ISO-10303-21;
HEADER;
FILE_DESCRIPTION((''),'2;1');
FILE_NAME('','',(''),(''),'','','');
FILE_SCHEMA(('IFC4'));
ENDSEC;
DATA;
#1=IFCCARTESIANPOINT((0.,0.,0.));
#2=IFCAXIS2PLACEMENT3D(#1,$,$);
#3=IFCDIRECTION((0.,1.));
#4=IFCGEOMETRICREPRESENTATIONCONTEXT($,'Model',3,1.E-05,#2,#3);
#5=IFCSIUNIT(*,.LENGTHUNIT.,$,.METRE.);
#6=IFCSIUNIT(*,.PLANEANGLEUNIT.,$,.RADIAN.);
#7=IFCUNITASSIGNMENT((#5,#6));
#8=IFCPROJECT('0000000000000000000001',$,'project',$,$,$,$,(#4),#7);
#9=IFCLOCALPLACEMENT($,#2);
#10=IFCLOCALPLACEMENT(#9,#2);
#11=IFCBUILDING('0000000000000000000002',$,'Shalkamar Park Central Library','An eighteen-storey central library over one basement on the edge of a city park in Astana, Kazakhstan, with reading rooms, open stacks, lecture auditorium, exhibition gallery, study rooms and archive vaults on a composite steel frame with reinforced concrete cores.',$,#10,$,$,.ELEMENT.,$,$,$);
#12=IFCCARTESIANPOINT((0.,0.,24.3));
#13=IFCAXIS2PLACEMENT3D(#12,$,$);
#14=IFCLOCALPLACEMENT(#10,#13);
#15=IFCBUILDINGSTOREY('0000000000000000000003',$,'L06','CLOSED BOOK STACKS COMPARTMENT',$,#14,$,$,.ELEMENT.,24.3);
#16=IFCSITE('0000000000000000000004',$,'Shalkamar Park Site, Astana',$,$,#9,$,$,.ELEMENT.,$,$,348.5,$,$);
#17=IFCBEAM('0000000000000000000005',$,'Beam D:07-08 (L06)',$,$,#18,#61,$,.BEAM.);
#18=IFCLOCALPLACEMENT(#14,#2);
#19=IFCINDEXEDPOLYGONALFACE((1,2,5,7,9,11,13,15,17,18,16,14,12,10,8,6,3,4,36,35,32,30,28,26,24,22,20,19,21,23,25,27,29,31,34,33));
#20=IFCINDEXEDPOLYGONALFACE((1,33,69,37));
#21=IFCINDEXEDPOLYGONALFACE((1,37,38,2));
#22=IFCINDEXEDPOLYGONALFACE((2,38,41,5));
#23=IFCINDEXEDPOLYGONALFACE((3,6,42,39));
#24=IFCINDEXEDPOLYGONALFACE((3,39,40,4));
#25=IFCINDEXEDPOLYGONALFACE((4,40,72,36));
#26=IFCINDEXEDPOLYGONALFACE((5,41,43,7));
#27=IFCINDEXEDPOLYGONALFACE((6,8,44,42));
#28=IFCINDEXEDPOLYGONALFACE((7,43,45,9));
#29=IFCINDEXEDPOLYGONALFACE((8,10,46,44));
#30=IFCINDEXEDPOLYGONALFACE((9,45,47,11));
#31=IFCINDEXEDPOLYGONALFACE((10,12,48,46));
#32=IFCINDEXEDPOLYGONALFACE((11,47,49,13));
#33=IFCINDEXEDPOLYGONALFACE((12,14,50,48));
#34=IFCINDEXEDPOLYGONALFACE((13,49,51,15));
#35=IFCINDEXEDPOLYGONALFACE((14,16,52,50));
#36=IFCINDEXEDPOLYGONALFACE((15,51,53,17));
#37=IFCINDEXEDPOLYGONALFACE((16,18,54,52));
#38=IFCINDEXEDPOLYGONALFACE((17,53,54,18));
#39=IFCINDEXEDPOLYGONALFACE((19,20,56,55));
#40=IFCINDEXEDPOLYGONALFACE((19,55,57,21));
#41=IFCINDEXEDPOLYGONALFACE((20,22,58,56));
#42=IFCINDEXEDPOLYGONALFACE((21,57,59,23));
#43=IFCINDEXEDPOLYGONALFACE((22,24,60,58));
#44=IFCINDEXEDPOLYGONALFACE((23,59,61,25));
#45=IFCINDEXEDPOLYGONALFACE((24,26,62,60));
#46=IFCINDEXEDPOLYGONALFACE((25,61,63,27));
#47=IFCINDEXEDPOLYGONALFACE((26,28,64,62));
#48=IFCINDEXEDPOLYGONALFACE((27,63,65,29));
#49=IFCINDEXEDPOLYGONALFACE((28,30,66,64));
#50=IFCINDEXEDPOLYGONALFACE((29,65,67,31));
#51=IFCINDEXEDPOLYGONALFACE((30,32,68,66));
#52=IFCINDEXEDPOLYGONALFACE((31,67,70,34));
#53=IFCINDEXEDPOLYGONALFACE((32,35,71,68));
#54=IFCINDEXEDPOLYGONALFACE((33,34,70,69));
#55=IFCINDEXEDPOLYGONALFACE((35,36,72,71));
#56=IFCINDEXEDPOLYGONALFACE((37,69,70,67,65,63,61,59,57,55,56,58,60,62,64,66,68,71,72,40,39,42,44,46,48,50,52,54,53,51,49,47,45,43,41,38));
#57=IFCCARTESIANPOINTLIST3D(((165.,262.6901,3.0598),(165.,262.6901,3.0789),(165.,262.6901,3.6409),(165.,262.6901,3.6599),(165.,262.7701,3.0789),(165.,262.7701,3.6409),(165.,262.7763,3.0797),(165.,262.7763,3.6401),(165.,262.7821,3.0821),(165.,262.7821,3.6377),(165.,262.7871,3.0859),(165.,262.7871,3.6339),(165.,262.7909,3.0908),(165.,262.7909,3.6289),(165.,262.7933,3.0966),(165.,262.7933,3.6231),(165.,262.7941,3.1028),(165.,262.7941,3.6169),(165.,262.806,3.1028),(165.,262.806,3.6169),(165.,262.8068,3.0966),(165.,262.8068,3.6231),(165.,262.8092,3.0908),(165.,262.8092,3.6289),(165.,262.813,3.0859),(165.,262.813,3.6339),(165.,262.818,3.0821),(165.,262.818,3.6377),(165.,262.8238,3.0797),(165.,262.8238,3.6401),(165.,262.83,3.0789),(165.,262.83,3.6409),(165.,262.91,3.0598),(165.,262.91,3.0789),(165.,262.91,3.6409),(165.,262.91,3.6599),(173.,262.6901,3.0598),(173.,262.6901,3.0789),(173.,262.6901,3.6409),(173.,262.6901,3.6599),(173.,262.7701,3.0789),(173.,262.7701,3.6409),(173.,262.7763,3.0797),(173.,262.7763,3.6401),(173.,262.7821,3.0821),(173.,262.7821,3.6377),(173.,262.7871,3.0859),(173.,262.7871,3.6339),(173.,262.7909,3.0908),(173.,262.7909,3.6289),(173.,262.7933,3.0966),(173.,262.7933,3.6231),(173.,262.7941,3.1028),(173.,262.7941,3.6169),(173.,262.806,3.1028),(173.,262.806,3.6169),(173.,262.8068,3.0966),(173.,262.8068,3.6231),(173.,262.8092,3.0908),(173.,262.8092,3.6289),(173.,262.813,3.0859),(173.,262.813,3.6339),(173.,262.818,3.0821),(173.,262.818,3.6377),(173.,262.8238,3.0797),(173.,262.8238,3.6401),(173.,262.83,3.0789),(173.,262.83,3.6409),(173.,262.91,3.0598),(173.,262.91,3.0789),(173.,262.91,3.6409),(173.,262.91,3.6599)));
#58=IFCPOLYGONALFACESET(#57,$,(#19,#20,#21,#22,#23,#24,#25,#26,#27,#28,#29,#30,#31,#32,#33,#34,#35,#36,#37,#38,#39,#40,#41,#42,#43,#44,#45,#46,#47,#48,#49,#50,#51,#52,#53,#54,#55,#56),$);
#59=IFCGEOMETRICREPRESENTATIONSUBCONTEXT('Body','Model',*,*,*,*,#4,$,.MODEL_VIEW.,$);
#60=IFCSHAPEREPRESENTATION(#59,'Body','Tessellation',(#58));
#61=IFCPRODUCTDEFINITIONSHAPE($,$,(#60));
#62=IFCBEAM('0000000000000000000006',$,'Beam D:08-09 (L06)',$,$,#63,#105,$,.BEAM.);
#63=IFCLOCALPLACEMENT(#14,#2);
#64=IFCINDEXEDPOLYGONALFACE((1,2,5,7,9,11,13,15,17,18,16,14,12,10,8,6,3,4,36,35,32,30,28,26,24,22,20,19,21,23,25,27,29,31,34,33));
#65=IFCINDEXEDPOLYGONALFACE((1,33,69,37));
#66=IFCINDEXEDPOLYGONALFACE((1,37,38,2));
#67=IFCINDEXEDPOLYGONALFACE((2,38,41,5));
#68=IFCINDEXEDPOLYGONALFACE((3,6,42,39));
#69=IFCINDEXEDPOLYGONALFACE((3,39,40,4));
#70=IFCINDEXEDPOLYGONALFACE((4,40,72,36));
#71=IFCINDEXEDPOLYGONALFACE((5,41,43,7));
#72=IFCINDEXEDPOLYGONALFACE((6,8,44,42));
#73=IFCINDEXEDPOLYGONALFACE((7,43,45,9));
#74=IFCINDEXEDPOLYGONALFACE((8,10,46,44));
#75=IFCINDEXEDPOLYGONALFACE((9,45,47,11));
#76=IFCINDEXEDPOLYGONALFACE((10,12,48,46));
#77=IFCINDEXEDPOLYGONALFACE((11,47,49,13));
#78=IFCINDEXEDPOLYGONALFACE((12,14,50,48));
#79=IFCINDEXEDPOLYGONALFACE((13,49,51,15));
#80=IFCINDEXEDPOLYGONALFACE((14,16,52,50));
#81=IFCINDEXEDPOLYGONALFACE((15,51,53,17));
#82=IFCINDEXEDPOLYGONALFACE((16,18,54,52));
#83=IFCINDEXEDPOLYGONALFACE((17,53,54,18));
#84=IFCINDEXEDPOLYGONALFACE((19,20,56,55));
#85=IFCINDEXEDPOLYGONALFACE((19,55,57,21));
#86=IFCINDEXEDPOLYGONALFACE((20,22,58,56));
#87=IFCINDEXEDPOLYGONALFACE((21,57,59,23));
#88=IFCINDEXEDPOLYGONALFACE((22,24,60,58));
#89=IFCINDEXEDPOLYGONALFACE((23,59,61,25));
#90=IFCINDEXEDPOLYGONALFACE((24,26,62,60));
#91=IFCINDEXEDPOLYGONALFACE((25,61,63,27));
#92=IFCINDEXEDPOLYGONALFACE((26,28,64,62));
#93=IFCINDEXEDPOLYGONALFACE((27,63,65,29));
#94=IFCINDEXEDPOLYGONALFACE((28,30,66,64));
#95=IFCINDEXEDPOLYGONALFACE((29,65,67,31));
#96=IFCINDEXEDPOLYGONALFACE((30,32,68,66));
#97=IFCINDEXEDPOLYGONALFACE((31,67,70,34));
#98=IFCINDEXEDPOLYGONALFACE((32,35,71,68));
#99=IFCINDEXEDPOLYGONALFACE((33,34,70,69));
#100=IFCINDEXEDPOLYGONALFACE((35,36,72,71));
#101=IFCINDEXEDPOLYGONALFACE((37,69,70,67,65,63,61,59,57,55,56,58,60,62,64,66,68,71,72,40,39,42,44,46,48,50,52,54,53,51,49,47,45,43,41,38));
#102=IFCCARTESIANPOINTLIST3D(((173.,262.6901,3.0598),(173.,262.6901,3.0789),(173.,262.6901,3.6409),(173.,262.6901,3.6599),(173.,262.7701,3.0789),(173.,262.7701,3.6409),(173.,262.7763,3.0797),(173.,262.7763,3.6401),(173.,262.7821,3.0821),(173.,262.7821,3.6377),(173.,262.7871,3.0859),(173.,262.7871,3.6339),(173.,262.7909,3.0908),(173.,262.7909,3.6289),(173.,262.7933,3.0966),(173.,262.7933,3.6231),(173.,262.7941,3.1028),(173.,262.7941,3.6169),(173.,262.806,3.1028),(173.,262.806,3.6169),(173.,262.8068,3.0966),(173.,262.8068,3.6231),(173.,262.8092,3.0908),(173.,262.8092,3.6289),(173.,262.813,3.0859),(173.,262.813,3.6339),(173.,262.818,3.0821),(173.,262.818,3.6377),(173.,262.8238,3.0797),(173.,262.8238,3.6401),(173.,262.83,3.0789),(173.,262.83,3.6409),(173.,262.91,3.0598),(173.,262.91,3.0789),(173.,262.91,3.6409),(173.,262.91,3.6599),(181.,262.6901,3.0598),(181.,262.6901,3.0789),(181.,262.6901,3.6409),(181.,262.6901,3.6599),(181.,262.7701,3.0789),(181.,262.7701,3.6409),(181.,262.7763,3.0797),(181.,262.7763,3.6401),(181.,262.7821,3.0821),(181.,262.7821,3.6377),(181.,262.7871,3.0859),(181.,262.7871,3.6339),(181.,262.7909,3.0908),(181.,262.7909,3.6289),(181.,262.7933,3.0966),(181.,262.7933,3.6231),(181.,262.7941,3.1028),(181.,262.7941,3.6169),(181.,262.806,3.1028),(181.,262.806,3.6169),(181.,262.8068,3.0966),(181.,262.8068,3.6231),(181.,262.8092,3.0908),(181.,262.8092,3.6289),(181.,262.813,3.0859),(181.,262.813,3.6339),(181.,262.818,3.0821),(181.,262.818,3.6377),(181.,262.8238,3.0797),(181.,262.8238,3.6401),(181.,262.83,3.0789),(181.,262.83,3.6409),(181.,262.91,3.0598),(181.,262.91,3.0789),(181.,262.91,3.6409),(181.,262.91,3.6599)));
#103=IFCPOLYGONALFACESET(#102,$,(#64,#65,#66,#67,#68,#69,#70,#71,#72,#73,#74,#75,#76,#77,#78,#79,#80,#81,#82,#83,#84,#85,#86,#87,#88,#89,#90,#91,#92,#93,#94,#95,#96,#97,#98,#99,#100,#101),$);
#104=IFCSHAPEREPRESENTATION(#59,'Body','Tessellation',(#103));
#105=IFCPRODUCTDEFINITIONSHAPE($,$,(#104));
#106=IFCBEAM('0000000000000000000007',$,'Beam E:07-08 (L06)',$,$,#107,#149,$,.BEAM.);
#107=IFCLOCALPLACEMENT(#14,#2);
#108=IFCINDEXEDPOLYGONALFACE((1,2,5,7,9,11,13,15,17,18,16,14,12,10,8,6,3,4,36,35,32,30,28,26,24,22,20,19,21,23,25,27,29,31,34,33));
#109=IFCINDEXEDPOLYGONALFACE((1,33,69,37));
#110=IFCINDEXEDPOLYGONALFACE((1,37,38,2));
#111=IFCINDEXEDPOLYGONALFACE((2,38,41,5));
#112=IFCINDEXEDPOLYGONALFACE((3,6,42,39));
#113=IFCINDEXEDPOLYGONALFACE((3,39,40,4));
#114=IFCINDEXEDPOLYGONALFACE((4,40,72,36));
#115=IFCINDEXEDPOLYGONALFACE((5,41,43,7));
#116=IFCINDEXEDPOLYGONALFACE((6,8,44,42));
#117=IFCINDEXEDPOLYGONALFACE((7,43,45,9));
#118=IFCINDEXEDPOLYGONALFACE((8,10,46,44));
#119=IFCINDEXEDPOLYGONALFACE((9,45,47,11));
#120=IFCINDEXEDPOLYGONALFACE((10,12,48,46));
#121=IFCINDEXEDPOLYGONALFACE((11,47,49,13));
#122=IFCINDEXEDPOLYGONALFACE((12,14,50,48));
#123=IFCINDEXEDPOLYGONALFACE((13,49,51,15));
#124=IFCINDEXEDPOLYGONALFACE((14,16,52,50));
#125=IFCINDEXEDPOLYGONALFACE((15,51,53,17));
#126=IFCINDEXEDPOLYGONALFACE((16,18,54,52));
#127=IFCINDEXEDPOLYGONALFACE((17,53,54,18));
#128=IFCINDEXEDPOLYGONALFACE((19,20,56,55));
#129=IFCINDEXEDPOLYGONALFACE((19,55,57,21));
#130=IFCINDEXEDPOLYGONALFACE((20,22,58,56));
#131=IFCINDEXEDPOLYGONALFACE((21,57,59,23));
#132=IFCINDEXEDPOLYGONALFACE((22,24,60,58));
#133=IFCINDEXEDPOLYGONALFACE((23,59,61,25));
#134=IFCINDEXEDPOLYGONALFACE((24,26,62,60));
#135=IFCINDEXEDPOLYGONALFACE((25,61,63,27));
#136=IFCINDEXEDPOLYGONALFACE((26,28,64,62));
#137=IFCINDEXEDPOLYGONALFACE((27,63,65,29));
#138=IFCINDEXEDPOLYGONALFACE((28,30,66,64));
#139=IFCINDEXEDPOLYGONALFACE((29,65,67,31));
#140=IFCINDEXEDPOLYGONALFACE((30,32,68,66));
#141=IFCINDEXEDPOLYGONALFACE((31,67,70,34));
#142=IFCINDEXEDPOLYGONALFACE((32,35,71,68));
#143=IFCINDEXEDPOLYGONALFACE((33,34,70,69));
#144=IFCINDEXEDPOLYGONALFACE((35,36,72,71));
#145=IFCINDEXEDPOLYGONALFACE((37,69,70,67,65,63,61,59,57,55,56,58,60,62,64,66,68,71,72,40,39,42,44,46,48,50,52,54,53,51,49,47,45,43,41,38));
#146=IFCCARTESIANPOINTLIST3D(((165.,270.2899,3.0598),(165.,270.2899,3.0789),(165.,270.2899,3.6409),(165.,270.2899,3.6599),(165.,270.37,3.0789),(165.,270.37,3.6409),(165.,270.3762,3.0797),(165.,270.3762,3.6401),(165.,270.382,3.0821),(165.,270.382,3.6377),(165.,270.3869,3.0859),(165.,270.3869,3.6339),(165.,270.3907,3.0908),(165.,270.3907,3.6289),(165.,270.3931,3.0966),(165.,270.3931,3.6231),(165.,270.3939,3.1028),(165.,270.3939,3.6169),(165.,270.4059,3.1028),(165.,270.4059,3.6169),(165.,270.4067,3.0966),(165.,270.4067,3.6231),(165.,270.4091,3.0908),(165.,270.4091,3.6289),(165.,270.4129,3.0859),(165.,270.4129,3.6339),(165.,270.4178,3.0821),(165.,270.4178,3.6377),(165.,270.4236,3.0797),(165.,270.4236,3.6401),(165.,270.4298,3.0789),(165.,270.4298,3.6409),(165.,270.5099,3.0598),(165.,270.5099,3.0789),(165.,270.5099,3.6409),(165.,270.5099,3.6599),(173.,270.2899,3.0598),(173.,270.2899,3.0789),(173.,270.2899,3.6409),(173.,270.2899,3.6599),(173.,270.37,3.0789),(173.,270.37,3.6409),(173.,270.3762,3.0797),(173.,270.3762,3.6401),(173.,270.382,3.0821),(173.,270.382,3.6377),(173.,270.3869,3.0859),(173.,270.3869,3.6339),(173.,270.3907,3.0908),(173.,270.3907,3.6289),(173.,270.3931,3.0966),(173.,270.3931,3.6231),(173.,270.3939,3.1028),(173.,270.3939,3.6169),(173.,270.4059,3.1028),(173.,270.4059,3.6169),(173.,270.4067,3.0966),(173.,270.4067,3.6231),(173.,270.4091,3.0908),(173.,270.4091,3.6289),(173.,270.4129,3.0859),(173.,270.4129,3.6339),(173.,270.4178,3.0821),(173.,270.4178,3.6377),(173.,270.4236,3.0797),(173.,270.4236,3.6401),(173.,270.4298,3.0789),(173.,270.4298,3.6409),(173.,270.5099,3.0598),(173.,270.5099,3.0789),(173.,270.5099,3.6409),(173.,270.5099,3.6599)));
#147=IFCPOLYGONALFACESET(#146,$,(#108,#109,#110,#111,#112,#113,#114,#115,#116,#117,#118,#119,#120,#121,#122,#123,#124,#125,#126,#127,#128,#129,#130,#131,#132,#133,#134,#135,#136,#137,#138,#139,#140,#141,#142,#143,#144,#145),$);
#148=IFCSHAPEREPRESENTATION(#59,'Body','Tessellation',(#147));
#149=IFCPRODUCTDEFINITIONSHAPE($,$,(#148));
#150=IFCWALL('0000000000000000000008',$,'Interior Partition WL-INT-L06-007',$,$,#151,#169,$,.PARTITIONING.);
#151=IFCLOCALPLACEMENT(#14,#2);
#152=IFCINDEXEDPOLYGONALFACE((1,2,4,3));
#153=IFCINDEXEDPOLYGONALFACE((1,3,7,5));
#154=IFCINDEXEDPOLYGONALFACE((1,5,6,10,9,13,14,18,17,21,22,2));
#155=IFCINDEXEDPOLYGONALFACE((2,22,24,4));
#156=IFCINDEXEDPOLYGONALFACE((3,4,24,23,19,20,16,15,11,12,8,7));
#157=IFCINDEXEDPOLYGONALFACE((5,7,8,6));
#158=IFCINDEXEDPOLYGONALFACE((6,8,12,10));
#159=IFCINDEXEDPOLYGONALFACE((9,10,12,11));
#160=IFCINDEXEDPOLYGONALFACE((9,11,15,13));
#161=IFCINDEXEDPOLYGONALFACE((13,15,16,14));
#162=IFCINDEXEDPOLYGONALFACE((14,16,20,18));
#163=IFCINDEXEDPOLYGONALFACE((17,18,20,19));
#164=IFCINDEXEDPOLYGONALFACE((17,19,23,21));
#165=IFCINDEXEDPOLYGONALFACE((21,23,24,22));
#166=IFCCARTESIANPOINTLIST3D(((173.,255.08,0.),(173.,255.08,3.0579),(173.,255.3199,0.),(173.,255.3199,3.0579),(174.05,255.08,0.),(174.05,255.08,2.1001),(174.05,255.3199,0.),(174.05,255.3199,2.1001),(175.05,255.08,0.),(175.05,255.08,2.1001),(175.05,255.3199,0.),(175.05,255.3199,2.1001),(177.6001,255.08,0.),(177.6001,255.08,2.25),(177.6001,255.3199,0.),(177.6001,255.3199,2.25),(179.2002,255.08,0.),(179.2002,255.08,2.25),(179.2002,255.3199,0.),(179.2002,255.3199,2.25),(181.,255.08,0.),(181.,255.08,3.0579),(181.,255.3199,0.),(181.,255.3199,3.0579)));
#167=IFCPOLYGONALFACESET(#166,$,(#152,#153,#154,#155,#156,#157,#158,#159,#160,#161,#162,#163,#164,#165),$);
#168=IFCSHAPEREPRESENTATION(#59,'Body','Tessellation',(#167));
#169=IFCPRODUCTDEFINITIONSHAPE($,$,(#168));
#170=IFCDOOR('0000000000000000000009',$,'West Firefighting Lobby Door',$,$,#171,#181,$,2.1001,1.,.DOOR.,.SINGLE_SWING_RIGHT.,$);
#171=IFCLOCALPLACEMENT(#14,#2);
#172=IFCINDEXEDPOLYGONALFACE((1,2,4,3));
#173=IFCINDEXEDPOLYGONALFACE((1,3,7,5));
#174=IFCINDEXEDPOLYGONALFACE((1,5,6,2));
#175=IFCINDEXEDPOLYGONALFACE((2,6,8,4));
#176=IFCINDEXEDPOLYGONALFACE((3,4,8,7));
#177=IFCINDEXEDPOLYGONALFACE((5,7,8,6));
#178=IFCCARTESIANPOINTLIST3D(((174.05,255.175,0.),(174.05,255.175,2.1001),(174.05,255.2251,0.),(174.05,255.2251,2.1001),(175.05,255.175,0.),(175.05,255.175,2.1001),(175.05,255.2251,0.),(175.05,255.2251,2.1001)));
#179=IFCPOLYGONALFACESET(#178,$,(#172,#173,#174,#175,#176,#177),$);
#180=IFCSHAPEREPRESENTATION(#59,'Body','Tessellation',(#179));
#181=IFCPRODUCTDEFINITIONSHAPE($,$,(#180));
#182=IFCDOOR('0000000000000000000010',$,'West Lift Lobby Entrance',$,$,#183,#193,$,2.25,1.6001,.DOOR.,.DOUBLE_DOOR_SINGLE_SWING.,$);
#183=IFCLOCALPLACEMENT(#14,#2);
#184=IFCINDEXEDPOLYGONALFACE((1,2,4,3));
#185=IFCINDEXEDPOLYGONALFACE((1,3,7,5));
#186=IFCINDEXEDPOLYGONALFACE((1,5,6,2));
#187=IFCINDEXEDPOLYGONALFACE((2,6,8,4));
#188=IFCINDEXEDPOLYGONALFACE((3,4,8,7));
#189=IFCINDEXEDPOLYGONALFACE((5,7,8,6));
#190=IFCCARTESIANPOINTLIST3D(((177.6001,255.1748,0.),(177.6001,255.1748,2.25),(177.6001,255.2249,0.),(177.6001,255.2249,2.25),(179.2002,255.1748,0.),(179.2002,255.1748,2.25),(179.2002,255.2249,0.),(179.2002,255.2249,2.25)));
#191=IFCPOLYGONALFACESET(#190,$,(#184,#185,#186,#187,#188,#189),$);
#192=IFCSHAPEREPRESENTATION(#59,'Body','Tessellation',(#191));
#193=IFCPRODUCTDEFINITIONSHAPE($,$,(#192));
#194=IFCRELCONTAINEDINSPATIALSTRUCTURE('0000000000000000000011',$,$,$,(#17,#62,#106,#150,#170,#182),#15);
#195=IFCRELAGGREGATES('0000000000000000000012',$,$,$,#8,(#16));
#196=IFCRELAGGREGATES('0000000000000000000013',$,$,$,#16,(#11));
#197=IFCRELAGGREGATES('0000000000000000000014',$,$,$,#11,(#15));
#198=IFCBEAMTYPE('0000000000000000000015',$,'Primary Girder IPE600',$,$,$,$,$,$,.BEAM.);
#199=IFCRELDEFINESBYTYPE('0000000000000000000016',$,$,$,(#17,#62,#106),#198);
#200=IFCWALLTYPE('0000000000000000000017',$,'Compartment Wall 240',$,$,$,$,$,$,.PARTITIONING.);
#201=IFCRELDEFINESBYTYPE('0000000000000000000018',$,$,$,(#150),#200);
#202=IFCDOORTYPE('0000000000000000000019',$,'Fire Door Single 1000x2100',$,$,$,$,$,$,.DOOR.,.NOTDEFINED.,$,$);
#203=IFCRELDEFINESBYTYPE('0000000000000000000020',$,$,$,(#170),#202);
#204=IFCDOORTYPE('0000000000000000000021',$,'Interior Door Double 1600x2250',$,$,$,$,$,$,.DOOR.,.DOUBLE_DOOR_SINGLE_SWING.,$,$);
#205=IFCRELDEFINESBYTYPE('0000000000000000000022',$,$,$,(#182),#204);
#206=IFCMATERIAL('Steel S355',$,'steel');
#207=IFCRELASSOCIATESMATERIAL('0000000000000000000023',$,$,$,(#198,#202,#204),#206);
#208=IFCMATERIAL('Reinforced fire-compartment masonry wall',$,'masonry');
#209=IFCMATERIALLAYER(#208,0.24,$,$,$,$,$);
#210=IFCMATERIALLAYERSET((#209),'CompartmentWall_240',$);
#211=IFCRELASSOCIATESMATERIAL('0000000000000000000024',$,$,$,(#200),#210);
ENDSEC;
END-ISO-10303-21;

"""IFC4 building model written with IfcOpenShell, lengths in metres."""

from ifc_helpers import new_model, si_unit, direction, frame, frame_2d, origin, origin_2d, place, context, subcontext, project, spatial, rectangle, i_section, extrude, material, layer, layer_set, material_profile, profile_set, type_object, element, fill, save


model = new_model("IFC4")

# Units and contexts
model_context = context("Model", 3, precision=1e-05, world=origin(), true_north=direction((0.0, 1.0)))
body_context = subcontext(model_context, "Body", "Model", "MODEL_VIEW")
ifc_project = project(units=[si_unit("LENGTHUNIT", "METRE"), si_unit("PLANEANGLEUNIT", "RADIAN")], contexts=[model_context])

# Site, building, storey
site_placement = place(None, origin())
site = spatial("IfcSite", under=ifc_project, at=site_placement, Name="Shalkamar Park Site, Astana", CompositionType="ELEMENT", RefElevation=348.5)
building_placement = place(site_placement, origin())
building = spatial("IfcBuilding", under=site, at=building_placement, Name="Shalkamar Park Central Library", Description="An eighteen-storey central library over one basement on the edge of a city park in Astana, Kazakhstan, with reading rooms, open stacks, lecture auditorium, exhibition gallery, study rooms and archive vaults on a composite steel frame with reinforced concrete cores.", CompositionType="ELEMENT")
storey_placement = place(building_placement, frame((0.0, 0.0, 24.3)))
storey = spatial("IfcBuildingStorey", under=building, at=storey_placement, Name="L06", Description="CLOSED BOOK STACKS COMPARTMENT", CompositionType="ELEMENT", Elevation=24.3)

# Shared definitions
ifc_material_1 = material(Name="Steel S355", Category="steel")

# Beams
ifc_material_profile_1 = material_profile(ifc_material_1, i_section(OverallWidth=0.22, OverallDepth=0.6001, WebThickness=0.012, FlangeThickness=0.019, FilletRadius=0.0239, at=origin_2d()), Name="IPE 600")
ifc_profile_set_1 = profile_set([ifc_material_profile_1], Name="Steel S355")
beam_type_1 = type_object("IfcBeamType", Name="Primary Girder IPE600", PredefinedType="BEAM", material=ifc_profile_set_1)
for number, where, z_axis, x_axis, name in (
    (1, (165.0, 262.8, 3.3599), (1.0, 0.0, 0.0), (0.0, 1.0, 0.0), "Beam D:07-08 (L06)"),
    (2, (173.0, 262.8, 3.3599), (1.0, 0.0, 0.0), (0.0, 1.0, 0.0), "Beam D:08-09 (L06)"),
    (3, (165.0, 270.3999, 3.3599), (1.0, 0.0, 0.0), (0.0, 1.0, 0.0), "Beam E:07-08 (L06)"),
):
    element("IfcBeam", number, at=place(storey_placement, frame(where, z_axis=z_axis, x_axis=x_axis)), inside=storey, type_object=beam_type_1, Name=name, PredefinedType="BEAM", context=body_context, shape_type="SweptSolid", body=[
        extrude(i_section(OverallWidth=0.22, OverallDepth=0.6001, WebThickness=0.012, FlangeThickness=0.019, FilletRadius=0.0239, at=origin_2d()), origin(), (0.0, 0.0, 1.0), 8.0),
    ])

# Wall, openings, doors
ifc_material_2 = material(Name="Reinforced fire-compartment masonry wall", Category="masonry")
ifc_layer_1 = layer(ifc_material_2, 0.24)
ifc_layer_set_1 = layer_set([ifc_layer_1], Name="CompartmentWall_240")
wall_type_1 = type_object("IfcWallType", Name="Compartment Wall 240", PredefinedType="PARTITIONING", material=ifc_layer_set_1)
wall_1_placement = place(storey_placement, frame((173.0, 255.2, 0.0), z_axis=(0.0, 0.0, 1.0), x_axis=(1.0, 0.0, 0.0)))
wall_1 = element("IfcWall", 4, at=wall_1_placement, inside=storey, type_object=wall_type_1, Name="Interior Partition WL-INT-L06-007", PredefinedType="PARTITIONING", context=body_context, shape_type="SweptSolid", body=[
    extrude(rectangle(XDim=8.0, YDim=0.24, at=frame_2d((4.0, 0.0))), origin(), (0.0, 0.0, 1.0), 3.0579),
])
opening_1_placement = place(wall_1_placement, frame((1.05, 0.0, 0.0)))
opening_1 = element("IfcOpeningElement", 5, at=opening_1_placement, cuts=wall_1, PredefinedType="OPENING", context=body_context, shape_type="SweptSolid", body=[
    extrude(rectangle(XDim=1.0, YDim=2.1001, at=frame_2d((0.5, 1.05))), frame((0.0, 0.1348, 0.0), z_axis=(0.0, -1.0, 0.0), x_axis=(1.0, 0.0, 0.0)), (0.0, 0.0, 1.0), 0.2698),
])
opening_2_placement = place(wall_1_placement, frame((4.6001, 0.0, 0.0)))
opening_2 = element("IfcOpeningElement", 6, at=opening_2_placement, cuts=wall_1, PredefinedType="OPENING", context=body_context, shape_type="SweptSolid", body=[
    extrude(rectangle(XDim=1.6001, YDim=2.25, at=frame_2d((0.8, 1.125))), frame((0.0, 0.1348, 0.0), z_axis=(0.0, -1.0, 0.0), x_axis=(1.0, 0.0, 0.0)), (0.0, 0.0, 1.0), 0.2698),
])
door_type_1 = type_object("IfcDoorType", Name="Fire Door Single 1000x2100", OperationType="NOTDEFINED", PredefinedType="DOOR", material=ifc_material_1)
door_1_placement = place(opening_1_placement, frame((1.0, 0.0, 0.0), z_axis=(0.0, 0.0, 1.0), x_axis=(-1.0, 0.0, 0.0)))
door_1 = element("IfcDoor", 7, at=door_1_placement, inside=storey, type_object=door_type_1, Name="West Firefighting Lobby Door", OperationType="SINGLE_SWING_RIGHT", OverallHeight=2.1001, OverallWidth=1.0, PredefinedType="DOOR", context=body_context, shape_type="SweptSolid", body=[
    extrude(rectangle(XDim=1.0, YDim=2.1001, at=frame_2d((0.5, 1.05))), frame((0.0, 0.0249, 0.0), z_axis=(0.0, -1.0, 0.0), x_axis=(1.0, 0.0, 0.0)), (0.0, 0.0, 1.0), 0.05),
])
fill(opening_1, door_1)
door_type_2 = type_object("IfcDoorType", Name="Interior Door Double 1600x2250", OperationType="DOUBLE_DOOR_SINGLE_SWING", PredefinedType="DOOR", material=ifc_material_1)
door_2_placement = place(opening_2_placement, origin())
door_2 = element("IfcDoor", 8, at=door_2_placement, inside=storey, type_object=door_type_2, Name="West Lift Lobby Entrance", OperationType="DOUBLE_DOOR_SINGLE_SWING", OverallHeight=2.25, OverallWidth=1.6001, PredefinedType="DOOR", context=body_context, shape_type="SweptSolid", body=[
    extrude(rectangle(XDim=1.6001, YDim=2.25, at=frame_2d((0.8, 1.125))), frame((0.0, 0.0249, 0.0), z_axis=(0.0, -1.0, 0.0), x_axis=(1.0, 0.0, 0.0)), (0.0, 0.0, 1.0), 0.05),
])
fill(opening_2, door_2)

save(model, "model.ifc")
